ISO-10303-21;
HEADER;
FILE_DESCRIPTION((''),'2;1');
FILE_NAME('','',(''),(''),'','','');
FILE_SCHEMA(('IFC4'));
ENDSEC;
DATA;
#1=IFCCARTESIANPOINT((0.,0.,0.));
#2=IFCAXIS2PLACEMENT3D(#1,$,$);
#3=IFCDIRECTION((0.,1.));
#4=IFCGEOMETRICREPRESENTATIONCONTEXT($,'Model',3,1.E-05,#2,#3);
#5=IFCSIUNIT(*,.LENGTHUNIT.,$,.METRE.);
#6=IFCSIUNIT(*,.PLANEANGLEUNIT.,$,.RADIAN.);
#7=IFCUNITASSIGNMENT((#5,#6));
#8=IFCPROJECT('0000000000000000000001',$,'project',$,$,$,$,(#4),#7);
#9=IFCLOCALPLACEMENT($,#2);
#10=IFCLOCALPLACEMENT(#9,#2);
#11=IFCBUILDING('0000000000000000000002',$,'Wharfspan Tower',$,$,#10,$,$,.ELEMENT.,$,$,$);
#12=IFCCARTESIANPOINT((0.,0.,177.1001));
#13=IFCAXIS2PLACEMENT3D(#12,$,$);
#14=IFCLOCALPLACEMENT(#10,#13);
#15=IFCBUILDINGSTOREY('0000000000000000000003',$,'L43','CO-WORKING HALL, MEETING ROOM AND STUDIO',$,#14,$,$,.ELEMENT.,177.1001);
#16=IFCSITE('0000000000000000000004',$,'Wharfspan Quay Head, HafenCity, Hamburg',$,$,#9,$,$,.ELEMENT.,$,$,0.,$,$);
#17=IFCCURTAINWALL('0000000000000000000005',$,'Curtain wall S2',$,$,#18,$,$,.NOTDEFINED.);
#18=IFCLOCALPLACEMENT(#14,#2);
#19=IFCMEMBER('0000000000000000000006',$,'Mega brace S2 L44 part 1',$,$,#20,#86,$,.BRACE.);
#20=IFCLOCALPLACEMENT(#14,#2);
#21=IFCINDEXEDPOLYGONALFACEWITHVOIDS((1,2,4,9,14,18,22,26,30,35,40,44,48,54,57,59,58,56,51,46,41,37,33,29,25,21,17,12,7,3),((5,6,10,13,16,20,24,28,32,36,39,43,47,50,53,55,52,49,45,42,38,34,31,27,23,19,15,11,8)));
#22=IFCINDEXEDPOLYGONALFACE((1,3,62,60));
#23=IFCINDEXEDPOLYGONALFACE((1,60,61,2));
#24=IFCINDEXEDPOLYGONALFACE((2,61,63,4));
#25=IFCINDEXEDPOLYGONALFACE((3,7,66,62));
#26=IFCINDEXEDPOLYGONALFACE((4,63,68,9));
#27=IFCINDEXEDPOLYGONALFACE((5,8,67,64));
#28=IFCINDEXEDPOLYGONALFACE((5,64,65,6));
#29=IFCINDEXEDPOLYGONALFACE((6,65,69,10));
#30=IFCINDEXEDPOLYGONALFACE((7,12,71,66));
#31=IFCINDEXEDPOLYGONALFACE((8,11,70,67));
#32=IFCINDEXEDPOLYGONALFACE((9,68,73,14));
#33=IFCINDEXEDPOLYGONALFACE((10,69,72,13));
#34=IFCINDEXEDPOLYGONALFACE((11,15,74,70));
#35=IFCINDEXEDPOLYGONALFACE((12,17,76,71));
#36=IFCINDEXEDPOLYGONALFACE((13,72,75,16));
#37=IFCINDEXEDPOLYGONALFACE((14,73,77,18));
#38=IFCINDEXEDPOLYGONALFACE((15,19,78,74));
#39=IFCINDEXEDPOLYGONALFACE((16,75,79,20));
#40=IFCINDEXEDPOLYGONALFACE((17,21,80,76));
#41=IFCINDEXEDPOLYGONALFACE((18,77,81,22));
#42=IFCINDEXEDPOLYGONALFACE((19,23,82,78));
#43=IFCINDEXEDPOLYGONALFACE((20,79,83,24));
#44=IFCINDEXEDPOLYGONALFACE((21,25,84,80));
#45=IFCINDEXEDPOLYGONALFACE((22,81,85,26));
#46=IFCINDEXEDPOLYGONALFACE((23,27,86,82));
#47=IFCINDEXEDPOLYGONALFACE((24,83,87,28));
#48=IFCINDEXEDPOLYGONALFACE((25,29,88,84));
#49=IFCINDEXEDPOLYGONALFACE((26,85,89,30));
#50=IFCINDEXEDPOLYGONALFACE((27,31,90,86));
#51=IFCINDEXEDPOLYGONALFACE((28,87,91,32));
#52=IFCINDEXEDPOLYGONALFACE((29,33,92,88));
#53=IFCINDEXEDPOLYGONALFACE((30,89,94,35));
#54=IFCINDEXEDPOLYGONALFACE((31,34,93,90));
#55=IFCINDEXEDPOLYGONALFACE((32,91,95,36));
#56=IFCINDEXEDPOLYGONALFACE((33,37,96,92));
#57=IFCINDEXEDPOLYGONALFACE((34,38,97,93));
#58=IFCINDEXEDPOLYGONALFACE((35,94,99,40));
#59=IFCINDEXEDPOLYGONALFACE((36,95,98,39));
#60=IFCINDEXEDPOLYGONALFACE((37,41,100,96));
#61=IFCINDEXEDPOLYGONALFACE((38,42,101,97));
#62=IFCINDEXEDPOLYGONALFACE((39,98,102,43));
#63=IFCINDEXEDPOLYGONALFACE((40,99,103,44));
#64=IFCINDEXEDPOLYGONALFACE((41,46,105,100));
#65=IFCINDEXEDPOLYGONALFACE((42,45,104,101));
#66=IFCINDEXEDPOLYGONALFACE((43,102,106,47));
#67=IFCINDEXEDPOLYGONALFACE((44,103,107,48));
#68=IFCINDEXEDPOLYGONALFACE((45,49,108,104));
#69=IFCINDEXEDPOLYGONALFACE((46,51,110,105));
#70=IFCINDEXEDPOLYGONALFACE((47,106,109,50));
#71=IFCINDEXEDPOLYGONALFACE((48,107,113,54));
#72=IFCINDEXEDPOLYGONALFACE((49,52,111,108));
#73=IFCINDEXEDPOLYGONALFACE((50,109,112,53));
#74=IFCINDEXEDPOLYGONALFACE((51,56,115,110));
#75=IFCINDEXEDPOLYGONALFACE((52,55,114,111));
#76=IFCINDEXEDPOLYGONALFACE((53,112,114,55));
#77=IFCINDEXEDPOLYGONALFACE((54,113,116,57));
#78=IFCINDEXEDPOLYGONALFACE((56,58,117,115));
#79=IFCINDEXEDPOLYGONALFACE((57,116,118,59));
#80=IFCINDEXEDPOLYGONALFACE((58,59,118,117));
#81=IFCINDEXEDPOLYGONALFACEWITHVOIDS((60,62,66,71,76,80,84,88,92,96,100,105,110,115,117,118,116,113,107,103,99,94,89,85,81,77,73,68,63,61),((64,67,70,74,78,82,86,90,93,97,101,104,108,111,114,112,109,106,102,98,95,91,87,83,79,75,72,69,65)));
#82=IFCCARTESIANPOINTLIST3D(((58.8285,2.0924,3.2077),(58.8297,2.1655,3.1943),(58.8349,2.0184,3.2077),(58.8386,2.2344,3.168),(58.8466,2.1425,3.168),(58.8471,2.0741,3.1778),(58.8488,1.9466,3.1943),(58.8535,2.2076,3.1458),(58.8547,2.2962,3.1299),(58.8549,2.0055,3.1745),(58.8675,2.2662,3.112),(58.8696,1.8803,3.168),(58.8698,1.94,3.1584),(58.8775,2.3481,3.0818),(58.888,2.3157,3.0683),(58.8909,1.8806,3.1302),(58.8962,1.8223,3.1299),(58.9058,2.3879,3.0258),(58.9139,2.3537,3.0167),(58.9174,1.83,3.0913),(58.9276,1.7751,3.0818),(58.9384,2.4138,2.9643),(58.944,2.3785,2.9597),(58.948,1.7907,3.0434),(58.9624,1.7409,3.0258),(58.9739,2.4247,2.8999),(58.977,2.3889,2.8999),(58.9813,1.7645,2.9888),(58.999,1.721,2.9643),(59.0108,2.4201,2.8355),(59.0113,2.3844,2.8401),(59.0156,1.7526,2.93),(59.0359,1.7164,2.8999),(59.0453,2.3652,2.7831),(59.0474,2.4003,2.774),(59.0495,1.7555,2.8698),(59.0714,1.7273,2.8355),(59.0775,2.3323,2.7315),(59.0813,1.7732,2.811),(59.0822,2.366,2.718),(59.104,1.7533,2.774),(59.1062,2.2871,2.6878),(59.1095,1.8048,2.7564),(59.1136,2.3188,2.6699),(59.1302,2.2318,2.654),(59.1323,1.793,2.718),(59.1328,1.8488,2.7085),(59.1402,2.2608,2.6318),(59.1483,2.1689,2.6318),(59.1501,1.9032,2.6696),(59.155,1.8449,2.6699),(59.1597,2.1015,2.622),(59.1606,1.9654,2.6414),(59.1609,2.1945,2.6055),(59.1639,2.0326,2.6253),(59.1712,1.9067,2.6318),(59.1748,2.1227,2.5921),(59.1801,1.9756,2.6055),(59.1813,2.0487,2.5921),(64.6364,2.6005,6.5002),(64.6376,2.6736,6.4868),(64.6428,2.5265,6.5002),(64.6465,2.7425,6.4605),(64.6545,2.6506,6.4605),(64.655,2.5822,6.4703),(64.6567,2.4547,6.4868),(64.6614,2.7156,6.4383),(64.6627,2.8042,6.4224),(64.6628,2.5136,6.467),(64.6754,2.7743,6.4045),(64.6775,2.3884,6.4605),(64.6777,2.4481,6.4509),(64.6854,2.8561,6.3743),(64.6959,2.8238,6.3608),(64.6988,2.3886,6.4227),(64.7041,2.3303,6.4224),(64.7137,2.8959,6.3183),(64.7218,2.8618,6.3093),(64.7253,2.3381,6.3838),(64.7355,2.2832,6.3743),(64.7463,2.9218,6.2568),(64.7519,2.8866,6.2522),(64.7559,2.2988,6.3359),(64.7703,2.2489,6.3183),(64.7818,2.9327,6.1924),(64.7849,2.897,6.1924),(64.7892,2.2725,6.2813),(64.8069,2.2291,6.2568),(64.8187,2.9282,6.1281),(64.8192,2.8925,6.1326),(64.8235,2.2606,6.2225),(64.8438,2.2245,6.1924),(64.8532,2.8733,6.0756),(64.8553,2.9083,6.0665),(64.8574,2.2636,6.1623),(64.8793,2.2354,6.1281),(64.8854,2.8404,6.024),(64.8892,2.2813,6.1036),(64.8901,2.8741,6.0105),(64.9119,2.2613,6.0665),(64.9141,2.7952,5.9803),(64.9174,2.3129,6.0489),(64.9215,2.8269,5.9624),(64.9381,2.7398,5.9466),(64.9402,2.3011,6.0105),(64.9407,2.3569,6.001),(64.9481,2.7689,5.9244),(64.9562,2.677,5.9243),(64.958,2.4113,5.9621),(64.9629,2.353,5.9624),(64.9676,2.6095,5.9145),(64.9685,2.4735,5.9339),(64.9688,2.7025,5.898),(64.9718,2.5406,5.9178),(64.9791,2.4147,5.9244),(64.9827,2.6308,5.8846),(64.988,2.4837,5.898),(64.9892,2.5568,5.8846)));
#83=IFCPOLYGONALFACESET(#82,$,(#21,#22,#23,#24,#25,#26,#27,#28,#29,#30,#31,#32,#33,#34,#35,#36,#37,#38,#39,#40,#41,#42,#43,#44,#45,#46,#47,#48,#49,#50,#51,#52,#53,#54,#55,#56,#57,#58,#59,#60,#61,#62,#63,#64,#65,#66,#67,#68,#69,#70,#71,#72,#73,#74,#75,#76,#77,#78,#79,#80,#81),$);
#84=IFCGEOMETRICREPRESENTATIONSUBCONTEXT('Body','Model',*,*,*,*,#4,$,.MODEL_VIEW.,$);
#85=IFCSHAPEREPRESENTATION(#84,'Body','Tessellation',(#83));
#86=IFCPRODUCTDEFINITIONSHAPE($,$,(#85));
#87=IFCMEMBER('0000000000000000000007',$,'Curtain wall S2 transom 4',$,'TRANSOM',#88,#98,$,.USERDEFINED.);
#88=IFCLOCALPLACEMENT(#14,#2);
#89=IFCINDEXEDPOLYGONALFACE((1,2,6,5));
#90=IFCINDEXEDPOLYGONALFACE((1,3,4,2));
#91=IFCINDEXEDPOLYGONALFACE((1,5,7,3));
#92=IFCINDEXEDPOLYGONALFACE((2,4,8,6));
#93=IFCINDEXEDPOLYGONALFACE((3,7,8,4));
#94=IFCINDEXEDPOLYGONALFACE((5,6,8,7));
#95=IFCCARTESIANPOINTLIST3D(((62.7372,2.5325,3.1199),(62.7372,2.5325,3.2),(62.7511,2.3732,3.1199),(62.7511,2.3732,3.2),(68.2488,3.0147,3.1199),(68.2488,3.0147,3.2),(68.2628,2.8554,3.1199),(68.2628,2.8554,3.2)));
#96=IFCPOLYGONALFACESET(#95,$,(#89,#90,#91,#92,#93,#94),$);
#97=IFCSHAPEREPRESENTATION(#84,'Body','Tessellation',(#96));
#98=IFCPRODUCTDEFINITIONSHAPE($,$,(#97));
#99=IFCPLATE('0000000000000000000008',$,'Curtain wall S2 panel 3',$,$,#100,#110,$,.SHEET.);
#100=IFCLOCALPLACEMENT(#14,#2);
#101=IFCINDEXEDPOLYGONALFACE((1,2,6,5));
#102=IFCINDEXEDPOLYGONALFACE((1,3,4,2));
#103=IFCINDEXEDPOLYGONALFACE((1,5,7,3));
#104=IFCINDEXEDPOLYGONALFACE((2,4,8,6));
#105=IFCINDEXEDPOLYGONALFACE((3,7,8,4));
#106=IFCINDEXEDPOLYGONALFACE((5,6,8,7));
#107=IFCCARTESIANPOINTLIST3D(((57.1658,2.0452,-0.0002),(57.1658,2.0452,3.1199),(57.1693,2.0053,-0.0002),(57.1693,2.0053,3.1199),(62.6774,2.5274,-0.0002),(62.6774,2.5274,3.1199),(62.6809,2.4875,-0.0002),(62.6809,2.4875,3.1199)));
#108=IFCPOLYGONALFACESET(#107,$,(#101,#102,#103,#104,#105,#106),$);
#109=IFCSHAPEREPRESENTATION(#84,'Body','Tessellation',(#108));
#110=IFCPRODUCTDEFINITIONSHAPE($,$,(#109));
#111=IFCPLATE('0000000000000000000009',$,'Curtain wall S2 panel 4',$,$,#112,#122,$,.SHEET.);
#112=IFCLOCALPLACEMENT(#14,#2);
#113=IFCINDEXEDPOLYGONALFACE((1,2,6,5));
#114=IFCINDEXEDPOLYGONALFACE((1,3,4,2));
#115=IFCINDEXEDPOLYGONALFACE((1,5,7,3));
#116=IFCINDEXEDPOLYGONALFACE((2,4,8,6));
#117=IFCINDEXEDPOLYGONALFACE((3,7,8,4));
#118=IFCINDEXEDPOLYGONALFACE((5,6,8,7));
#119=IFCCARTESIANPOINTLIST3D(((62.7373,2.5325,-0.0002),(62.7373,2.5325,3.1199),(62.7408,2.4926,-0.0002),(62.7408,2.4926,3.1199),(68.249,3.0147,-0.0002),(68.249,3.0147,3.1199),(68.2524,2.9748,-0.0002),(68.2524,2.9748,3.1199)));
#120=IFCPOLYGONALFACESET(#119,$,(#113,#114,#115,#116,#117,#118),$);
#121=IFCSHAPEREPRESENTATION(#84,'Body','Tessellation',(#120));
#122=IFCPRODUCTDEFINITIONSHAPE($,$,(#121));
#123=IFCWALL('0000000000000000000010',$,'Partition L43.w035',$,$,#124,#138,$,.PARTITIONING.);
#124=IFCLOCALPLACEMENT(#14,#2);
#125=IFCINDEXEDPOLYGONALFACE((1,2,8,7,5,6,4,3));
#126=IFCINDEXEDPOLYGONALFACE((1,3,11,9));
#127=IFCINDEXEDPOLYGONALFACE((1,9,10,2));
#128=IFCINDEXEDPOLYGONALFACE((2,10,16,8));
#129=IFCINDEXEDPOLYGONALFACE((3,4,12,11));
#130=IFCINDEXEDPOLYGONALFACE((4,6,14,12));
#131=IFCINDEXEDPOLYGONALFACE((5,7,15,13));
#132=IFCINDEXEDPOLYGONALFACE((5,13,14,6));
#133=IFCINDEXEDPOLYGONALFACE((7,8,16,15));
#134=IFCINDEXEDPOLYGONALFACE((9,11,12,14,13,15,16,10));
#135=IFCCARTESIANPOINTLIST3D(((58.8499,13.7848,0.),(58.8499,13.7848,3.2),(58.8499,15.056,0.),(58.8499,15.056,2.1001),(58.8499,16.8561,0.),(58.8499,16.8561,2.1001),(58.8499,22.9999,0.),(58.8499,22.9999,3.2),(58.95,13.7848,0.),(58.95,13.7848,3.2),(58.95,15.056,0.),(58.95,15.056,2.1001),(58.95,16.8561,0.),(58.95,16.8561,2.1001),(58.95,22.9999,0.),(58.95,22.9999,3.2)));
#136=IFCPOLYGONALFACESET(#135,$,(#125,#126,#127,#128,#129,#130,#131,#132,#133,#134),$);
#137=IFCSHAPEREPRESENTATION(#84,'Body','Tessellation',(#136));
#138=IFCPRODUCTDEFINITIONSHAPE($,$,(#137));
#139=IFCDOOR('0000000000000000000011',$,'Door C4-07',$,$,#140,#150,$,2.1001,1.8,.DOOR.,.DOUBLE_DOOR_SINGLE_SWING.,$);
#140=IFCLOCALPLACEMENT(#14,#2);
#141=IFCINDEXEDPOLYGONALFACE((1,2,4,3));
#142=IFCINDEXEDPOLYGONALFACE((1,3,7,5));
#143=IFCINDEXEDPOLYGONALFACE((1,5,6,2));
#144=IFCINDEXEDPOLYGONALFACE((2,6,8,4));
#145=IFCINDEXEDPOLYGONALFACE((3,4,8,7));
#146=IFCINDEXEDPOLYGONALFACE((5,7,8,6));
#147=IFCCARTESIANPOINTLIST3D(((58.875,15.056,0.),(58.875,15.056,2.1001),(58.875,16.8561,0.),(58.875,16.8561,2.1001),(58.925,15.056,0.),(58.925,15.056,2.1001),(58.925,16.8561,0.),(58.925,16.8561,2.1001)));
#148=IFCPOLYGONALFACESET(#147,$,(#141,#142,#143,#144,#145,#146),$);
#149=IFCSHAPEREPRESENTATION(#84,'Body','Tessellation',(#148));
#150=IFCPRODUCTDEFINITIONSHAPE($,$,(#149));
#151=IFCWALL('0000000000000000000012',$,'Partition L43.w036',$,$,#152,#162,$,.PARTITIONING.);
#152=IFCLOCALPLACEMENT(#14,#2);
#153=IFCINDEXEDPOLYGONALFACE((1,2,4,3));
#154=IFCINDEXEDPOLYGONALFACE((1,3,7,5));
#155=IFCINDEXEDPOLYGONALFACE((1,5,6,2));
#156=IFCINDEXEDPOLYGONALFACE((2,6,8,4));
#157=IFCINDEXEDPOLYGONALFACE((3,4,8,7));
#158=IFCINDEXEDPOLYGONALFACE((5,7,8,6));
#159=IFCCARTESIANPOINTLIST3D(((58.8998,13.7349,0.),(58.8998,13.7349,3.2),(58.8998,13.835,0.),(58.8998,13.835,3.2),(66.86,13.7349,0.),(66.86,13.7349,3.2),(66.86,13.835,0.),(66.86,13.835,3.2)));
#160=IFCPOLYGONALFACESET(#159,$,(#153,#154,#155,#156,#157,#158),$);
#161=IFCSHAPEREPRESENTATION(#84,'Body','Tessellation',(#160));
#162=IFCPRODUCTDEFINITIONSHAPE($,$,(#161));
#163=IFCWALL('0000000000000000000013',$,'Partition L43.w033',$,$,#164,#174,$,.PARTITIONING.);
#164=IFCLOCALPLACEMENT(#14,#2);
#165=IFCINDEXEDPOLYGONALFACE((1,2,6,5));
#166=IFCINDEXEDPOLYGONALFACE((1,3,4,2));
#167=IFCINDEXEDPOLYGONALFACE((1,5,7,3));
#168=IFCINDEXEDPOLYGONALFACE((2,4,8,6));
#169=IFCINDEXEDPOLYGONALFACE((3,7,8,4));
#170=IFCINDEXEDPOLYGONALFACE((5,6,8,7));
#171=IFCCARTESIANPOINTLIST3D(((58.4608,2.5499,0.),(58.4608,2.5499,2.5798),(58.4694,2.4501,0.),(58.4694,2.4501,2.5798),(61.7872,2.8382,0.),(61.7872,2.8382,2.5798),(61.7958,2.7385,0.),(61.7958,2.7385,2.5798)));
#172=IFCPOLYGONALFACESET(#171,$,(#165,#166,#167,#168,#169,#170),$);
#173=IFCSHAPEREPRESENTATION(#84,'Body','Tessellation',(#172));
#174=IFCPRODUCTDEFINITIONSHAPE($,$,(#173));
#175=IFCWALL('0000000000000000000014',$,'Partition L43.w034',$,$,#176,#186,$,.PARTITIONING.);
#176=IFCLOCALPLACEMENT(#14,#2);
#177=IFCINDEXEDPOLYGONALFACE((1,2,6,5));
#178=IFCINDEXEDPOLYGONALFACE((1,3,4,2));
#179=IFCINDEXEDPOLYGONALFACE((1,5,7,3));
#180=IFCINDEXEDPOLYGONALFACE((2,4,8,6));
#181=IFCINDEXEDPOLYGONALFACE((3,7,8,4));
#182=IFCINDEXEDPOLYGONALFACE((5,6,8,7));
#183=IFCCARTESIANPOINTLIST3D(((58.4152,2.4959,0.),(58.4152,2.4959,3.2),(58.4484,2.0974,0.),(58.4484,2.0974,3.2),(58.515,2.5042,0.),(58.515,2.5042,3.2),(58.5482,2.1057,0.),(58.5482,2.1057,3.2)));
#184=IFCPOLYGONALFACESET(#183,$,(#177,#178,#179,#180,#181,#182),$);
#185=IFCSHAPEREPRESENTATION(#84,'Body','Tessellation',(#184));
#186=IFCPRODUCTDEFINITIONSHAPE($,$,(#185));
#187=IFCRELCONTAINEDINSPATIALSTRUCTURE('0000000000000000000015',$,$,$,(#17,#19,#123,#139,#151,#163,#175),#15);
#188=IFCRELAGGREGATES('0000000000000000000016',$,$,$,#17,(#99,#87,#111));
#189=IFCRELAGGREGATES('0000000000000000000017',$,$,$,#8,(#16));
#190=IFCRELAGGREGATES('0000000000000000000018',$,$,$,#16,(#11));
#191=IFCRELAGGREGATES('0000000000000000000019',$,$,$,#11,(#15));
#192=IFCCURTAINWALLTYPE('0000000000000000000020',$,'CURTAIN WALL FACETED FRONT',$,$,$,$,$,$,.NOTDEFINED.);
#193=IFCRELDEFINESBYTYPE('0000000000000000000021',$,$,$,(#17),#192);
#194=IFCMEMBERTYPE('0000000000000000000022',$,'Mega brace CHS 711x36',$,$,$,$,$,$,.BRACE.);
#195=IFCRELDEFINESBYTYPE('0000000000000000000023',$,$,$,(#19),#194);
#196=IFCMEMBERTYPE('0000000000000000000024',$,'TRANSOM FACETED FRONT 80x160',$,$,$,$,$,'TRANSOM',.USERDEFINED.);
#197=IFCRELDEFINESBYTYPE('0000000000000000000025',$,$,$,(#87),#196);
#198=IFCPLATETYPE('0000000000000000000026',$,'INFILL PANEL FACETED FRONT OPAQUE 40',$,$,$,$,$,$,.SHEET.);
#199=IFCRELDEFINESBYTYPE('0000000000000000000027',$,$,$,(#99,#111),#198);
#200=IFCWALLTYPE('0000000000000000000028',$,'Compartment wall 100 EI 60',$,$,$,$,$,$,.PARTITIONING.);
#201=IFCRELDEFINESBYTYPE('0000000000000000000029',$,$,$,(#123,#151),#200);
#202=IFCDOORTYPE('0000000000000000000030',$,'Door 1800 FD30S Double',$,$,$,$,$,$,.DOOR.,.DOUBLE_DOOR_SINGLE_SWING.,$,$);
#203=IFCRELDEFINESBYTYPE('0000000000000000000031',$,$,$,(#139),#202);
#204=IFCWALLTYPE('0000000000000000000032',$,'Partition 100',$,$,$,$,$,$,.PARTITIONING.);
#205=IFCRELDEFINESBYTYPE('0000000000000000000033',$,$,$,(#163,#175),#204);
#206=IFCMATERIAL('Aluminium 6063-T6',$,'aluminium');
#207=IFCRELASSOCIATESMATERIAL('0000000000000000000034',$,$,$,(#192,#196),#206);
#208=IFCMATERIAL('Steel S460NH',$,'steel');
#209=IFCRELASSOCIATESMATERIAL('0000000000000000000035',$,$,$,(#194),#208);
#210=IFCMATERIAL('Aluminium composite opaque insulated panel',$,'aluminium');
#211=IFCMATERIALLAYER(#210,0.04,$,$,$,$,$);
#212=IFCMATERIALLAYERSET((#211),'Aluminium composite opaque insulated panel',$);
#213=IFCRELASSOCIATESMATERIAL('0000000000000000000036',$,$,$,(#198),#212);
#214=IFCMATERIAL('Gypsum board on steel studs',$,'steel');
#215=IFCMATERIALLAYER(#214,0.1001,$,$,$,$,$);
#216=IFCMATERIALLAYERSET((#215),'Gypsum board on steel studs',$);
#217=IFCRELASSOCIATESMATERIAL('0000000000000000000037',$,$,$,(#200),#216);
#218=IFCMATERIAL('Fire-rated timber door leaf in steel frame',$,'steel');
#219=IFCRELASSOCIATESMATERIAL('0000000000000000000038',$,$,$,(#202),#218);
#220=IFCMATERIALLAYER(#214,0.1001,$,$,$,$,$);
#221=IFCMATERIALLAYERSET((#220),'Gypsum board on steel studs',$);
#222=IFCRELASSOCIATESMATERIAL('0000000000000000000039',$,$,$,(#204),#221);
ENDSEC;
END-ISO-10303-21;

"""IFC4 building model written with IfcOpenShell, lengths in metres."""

from ifc_helpers import new_model, si_unit, direction, frame, frame_2d, origin, origin_2d, place, context, subcontext, project, spatial, rectangle, hollow_circle, extrude, material, layer, layer_set, material_profile, profile_set, type_object, element, fill, aggregate, save


model = new_model("IFC4")

# Units and contexts
model_context = context("Model", 3, precision=1e-05, world=origin(), true_north=direction((0.0, 1.0)))
body_context = subcontext(model_context, "Body", "Model", "MODEL_VIEW")
ifc_project = project(units=[si_unit("LENGTHUNIT", "METRE"), si_unit("PLANEANGLEUNIT", "RADIAN")], contexts=[model_context])

# Site, building, storey
site_placement = place(None, origin())
site = spatial("IfcSite", under=ifc_project, at=site_placement, Name="Wharfspan Quay Head, HafenCity, Hamburg", CompositionType="ELEMENT", RefElevation=0.0)
building_placement = place(site_placement, origin())
building = spatial("IfcBuilding", under=site, at=building_placement, Name="Wharfspan Tower", CompositionType="ELEMENT")
storey_placement = place(building_placement, frame((0.0, 0.0, 177.1001)))
storey = spatial("IfcBuildingStorey", under=building, at=storey_placement, Name="L43", Description="CO-WORKING HALL, MEETING ROOM AND STUDIO", CompositionType="ELEMENT", Elevation=177.1001)

# Curtain wall
ifc_material_1 = material(Name="Aluminium 6063-T6", Category="aluminium")
curtain_wall_type = type_object("IfcCurtainWallType", Name="CURTAIN WALL FACETED FRONT", PredefinedType="NOTDEFINED", material=ifc_material_1)
curtain_wall_placement = place(storey_placement, origin())
curtain_wall = element("IfcCurtainWall", 1, at=curtain_wall_placement, inside=storey, type_object=curtain_wall_type, Name="Curtain wall S2", PredefinedType="NOTDEFINED")

# Members
ifc_material_2 = material(Name="Steel S460NH", Category="steel")
ifc_material_profile_1 = material_profile(ifc_material_2, hollow_circle(Radius=0.3555, WallThickness=0.0359, at=origin_2d()))
ifc_profile_set_1 = profile_set([ifc_material_profile_1], Name="Steel S460NH")
member_type_1 = type_object("IfcMemberType", Name="Mega brace CHS 711x36", PredefinedType="BRACE", material=ifc_profile_set_1)
member_1_placement = place(storey_placement, frame((59.0049, 2.0706, 2.8999), z_axis=(0.867427, 0.07588, 0.491745), x_axis=(-0.087145, 0.996197, 0.000001)))
element("IfcMember", 2, at=member_1_placement, inside=storey, type_object=member_type_1, Name="Mega brace S2 L44 part 1", PredefinedType="BRACE", context=body_context, shape_type="SweptSolid", body=[
    extrude(hollow_circle(Radius=0.3555, WallThickness=0.0359, at=origin_2d()), origin(), (0.0, 0.0, 1.0), 6.6956),
])
ifc_material_profile_2 = material_profile(ifc_material_1, rectangle(XDim=0.1599, YDim=0.0801, at=origin_2d()))
ifc_profile_set_2 = profile_set([ifc_material_profile_2], Name="Aluminium 6063-T6")
member_type_2 = type_object("IfcMemberType", Name="TRANSOM FACETED FRONT 80x160", ElementType="TRANSOM", PredefinedType="USERDEFINED", material=ifc_profile_set_2)
member_2_placement = place(storey_placement, frame((62.7441, 2.4529, 3.1599), z_axis=(0.996195, 0.087149, 0.0), x_axis=(-0.087149, 0.996195, 0.0)))
member_2 = element("IfcMember", 3, at=member_2_placement, type_object=member_type_2, Name="Curtain wall S2 transom 4", ObjectType="TRANSOM", PredefinedType="USERDEFINED", context=body_context, shape_type="SweptSolid", body=[
    extrude(rectangle(XDim=0.1599, YDim=0.0801, at=origin_2d()), origin(), (0.0, 0.0, 1.0), 5.5327),
])

# Plates
ifc_material_3 = material(Name="Aluminium composite opaque insulated panel", Category="aluminium")
ifc_layer_1 = layer(ifc_material_3, 0.04)
ifc_layer_set_1 = layer_set([ifc_layer_1], Name="Aluminium composite opaque insulated panel")
plate_type = type_object("IfcPlateType", Name="INFILL PANEL FACETED FRONT OPAQUE 40", PredefinedType="SHEET", material=ifc_layer_set_1)
plate_1_placement = place(storey_placement, frame((59.9233, 2.2664, -0.0002), z_axis=(0.0, 0.0, 1.0), x_axis=(0.996198, 0.087156, 0.0)))
plate_1 = element("IfcPlate", 4, at=plate_1_placement, type_object=plate_type, Name="Curtain wall S2 panel 3", PredefinedType="SHEET", context=body_context, shape_type="SweptSolid", body=[
    extrude(rectangle(XDim=5.5327, YDim=0.04, at=origin_2d()), origin(), (0.0, 0.0, 1.0), 3.1201),
])
plate_2_placement = place(storey_placement, frame((65.4949, 2.7537, -0.0002), z_axis=(0.0, 0.0, 1.0), x_axis=(0.996198, 0.087156, 0.0)))
plate_2 = element("IfcPlate", 5, at=plate_2_placement, type_object=plate_type, Name="Curtain wall S2 panel 4", PredefinedType="SHEET", context=body_context, shape_type="SweptSolid", body=[
    extrude(rectangle(XDim=5.5327, YDim=0.04, at=origin_2d()), origin(), (0.0, 0.0, 1.0), 3.1201),
])
aggregate(curtain_wall, [plate_1, member_2, plate_2])

# Wall, opening, door
ifc_material_4 = material(Name="Gypsum board on steel studs", Category="steel")
ifc_layer_2 = layer(ifc_material_4, 0.1001)
ifc_layer_set_2 = layer_set([ifc_layer_2], Name="Gypsum board on steel studs")
wall_type_1 = type_object("IfcWallType", Name="Compartment wall 100 EI 60", PredefinedType="PARTITIONING", material=ifc_layer_set_2)
wall_1_placement = place(storey_placement, frame((58.8999, 13.7849, 0.0), z_axis=(0.0, 0.0, 1.0), x_axis=(0.0, 1.0, 0.0)))
wall_1 = element("IfcWall", 6, at=wall_1_placement, inside=storey, type_object=wall_type_1, Name="Partition L43.w035", PredefinedType="PARTITIONING", context=body_context, shape_type="SweptSolid", body=[
    extrude(rectangle(XDim=9.2151, YDim=0.1001, at=frame_2d((4.6074, 0.0))), origin(), (0.0, 0.0, 1.0), 3.2),
])
opening_1_placement = place(wall_1_placement, frame((1.2712, 0.0, 0.0)))
opening_1 = element("IfcOpeningElement", 7, at=opening_1_placement, cuts=wall_1, PredefinedType="OPENING", context=body_context, shape_type="SweptSolid", body=[
    extrude(rectangle(XDim=1.8, YDim=2.1001, at=frame_2d((0.8999, 1.05))), frame((0.0, 0.0601, 0.0), z_axis=(0.0, -1.0, 0.0), x_axis=(1.0, 0.0, 0.0)), (0.0, 0.0, 1.0), 0.1201),
])
ifc_material_5 = material(Name="Fire-rated timber door leaf in steel frame", Category="steel")
door_type_1 = type_object("IfcDoorType", Name="Door 1800 FD30S Double", OperationType="DOUBLE_DOOR_SINGLE_SWING", PredefinedType="DOOR", material=ifc_material_5)
door_1_placement = place(opening_1_placement, origin())
door_1 = element("IfcDoor", 8, at=door_1_placement, inside=storey, type_object=door_type_1, Name="Door C4-07", OperationType="DOUBLE_DOOR_SINGLE_SWING", OverallHeight=2.1001, OverallWidth=1.8, PredefinedType="DOOR", context=body_context, shape_type="SweptSolid", body=[
    extrude(rectangle(XDim=1.8, YDim=2.1001, at=frame_2d((0.8999, 1.05))), frame((0.0, 0.0249, 0.0), z_axis=(0.0, -1.0, 0.0), x_axis=(1.0, 0.0, 0.0)), (0.0, 0.0, 1.0), 0.05),
])
fill(opening_1, door_1)

# Walls
wall_2_placement = place(storey_placement, frame((58.8999, 13.7849, 0.0), z_axis=(0.0, 0.0, 1.0), x_axis=(1.0, 0.0, 0.0)))
element("IfcWall", 9, at=wall_2_placement, inside=storey, type_object=wall_type_1, Name="Partition L43.w036", PredefinedType="PARTITIONING", context=body_context, shape_type="SweptSolid", body=[
    extrude(rectangle(XDim=7.9602, YDim=0.1001, at=frame_2d((3.98, 0.0))), origin(), (0.0, 0.0, 1.0), 3.2),
])
ifc_layer_3 = layer(ifc_material_4, 0.1001)
ifc_layer_set_3 = layer_set([ifc_layer_3], Name="Gypsum board on steel studs")
wall_type_2 = type_object("IfcWallType", Name="Partition 100", PredefinedType="PARTITIONING", material=ifc_layer_set_3)
wall_3_placement = place(storey_placement, frame((58.4651, 2.5, 0.0), z_axis=(0.0, 0.0, 1.0), x_axis=(0.996263, 0.086355, 0.0)))
element("IfcWall", 10, at=wall_3_placement, inside=storey, type_object=wall_type_2, Name="Partition L43.w033", PredefinedType="PARTITIONING", context=body_context, shape_type="SweptSolid", body=[
    extrude(rectangle(XDim=3.3389, YDim=0.1001, at=frame_2d((1.6694, 0.0))), origin(), (0.0, 0.0, 1.0), 2.5798),
])
wall_4_placement = place(storey_placement, frame((58.4983, 2.1016, 0.0), z_axis=(0.0, 0.0, 1.0), x_axis=(-0.083045, 0.996542, 0.0)))
element("IfcWall", 11, at=wall_4_placement, inside=storey, type_object=wall_type_2, Name="Partition L43.w034", PredefinedType="PARTITIONING", context=body_context, shape_type="SweptSolid", body=[
    extrude(rectangle(XDim=0.3999, YDim=0.1001, at=frame_2d((0.2, 0.0))), origin(), (0.0, 0.0, 1.0), 3.2),
])

save(model, "model.ifc")
